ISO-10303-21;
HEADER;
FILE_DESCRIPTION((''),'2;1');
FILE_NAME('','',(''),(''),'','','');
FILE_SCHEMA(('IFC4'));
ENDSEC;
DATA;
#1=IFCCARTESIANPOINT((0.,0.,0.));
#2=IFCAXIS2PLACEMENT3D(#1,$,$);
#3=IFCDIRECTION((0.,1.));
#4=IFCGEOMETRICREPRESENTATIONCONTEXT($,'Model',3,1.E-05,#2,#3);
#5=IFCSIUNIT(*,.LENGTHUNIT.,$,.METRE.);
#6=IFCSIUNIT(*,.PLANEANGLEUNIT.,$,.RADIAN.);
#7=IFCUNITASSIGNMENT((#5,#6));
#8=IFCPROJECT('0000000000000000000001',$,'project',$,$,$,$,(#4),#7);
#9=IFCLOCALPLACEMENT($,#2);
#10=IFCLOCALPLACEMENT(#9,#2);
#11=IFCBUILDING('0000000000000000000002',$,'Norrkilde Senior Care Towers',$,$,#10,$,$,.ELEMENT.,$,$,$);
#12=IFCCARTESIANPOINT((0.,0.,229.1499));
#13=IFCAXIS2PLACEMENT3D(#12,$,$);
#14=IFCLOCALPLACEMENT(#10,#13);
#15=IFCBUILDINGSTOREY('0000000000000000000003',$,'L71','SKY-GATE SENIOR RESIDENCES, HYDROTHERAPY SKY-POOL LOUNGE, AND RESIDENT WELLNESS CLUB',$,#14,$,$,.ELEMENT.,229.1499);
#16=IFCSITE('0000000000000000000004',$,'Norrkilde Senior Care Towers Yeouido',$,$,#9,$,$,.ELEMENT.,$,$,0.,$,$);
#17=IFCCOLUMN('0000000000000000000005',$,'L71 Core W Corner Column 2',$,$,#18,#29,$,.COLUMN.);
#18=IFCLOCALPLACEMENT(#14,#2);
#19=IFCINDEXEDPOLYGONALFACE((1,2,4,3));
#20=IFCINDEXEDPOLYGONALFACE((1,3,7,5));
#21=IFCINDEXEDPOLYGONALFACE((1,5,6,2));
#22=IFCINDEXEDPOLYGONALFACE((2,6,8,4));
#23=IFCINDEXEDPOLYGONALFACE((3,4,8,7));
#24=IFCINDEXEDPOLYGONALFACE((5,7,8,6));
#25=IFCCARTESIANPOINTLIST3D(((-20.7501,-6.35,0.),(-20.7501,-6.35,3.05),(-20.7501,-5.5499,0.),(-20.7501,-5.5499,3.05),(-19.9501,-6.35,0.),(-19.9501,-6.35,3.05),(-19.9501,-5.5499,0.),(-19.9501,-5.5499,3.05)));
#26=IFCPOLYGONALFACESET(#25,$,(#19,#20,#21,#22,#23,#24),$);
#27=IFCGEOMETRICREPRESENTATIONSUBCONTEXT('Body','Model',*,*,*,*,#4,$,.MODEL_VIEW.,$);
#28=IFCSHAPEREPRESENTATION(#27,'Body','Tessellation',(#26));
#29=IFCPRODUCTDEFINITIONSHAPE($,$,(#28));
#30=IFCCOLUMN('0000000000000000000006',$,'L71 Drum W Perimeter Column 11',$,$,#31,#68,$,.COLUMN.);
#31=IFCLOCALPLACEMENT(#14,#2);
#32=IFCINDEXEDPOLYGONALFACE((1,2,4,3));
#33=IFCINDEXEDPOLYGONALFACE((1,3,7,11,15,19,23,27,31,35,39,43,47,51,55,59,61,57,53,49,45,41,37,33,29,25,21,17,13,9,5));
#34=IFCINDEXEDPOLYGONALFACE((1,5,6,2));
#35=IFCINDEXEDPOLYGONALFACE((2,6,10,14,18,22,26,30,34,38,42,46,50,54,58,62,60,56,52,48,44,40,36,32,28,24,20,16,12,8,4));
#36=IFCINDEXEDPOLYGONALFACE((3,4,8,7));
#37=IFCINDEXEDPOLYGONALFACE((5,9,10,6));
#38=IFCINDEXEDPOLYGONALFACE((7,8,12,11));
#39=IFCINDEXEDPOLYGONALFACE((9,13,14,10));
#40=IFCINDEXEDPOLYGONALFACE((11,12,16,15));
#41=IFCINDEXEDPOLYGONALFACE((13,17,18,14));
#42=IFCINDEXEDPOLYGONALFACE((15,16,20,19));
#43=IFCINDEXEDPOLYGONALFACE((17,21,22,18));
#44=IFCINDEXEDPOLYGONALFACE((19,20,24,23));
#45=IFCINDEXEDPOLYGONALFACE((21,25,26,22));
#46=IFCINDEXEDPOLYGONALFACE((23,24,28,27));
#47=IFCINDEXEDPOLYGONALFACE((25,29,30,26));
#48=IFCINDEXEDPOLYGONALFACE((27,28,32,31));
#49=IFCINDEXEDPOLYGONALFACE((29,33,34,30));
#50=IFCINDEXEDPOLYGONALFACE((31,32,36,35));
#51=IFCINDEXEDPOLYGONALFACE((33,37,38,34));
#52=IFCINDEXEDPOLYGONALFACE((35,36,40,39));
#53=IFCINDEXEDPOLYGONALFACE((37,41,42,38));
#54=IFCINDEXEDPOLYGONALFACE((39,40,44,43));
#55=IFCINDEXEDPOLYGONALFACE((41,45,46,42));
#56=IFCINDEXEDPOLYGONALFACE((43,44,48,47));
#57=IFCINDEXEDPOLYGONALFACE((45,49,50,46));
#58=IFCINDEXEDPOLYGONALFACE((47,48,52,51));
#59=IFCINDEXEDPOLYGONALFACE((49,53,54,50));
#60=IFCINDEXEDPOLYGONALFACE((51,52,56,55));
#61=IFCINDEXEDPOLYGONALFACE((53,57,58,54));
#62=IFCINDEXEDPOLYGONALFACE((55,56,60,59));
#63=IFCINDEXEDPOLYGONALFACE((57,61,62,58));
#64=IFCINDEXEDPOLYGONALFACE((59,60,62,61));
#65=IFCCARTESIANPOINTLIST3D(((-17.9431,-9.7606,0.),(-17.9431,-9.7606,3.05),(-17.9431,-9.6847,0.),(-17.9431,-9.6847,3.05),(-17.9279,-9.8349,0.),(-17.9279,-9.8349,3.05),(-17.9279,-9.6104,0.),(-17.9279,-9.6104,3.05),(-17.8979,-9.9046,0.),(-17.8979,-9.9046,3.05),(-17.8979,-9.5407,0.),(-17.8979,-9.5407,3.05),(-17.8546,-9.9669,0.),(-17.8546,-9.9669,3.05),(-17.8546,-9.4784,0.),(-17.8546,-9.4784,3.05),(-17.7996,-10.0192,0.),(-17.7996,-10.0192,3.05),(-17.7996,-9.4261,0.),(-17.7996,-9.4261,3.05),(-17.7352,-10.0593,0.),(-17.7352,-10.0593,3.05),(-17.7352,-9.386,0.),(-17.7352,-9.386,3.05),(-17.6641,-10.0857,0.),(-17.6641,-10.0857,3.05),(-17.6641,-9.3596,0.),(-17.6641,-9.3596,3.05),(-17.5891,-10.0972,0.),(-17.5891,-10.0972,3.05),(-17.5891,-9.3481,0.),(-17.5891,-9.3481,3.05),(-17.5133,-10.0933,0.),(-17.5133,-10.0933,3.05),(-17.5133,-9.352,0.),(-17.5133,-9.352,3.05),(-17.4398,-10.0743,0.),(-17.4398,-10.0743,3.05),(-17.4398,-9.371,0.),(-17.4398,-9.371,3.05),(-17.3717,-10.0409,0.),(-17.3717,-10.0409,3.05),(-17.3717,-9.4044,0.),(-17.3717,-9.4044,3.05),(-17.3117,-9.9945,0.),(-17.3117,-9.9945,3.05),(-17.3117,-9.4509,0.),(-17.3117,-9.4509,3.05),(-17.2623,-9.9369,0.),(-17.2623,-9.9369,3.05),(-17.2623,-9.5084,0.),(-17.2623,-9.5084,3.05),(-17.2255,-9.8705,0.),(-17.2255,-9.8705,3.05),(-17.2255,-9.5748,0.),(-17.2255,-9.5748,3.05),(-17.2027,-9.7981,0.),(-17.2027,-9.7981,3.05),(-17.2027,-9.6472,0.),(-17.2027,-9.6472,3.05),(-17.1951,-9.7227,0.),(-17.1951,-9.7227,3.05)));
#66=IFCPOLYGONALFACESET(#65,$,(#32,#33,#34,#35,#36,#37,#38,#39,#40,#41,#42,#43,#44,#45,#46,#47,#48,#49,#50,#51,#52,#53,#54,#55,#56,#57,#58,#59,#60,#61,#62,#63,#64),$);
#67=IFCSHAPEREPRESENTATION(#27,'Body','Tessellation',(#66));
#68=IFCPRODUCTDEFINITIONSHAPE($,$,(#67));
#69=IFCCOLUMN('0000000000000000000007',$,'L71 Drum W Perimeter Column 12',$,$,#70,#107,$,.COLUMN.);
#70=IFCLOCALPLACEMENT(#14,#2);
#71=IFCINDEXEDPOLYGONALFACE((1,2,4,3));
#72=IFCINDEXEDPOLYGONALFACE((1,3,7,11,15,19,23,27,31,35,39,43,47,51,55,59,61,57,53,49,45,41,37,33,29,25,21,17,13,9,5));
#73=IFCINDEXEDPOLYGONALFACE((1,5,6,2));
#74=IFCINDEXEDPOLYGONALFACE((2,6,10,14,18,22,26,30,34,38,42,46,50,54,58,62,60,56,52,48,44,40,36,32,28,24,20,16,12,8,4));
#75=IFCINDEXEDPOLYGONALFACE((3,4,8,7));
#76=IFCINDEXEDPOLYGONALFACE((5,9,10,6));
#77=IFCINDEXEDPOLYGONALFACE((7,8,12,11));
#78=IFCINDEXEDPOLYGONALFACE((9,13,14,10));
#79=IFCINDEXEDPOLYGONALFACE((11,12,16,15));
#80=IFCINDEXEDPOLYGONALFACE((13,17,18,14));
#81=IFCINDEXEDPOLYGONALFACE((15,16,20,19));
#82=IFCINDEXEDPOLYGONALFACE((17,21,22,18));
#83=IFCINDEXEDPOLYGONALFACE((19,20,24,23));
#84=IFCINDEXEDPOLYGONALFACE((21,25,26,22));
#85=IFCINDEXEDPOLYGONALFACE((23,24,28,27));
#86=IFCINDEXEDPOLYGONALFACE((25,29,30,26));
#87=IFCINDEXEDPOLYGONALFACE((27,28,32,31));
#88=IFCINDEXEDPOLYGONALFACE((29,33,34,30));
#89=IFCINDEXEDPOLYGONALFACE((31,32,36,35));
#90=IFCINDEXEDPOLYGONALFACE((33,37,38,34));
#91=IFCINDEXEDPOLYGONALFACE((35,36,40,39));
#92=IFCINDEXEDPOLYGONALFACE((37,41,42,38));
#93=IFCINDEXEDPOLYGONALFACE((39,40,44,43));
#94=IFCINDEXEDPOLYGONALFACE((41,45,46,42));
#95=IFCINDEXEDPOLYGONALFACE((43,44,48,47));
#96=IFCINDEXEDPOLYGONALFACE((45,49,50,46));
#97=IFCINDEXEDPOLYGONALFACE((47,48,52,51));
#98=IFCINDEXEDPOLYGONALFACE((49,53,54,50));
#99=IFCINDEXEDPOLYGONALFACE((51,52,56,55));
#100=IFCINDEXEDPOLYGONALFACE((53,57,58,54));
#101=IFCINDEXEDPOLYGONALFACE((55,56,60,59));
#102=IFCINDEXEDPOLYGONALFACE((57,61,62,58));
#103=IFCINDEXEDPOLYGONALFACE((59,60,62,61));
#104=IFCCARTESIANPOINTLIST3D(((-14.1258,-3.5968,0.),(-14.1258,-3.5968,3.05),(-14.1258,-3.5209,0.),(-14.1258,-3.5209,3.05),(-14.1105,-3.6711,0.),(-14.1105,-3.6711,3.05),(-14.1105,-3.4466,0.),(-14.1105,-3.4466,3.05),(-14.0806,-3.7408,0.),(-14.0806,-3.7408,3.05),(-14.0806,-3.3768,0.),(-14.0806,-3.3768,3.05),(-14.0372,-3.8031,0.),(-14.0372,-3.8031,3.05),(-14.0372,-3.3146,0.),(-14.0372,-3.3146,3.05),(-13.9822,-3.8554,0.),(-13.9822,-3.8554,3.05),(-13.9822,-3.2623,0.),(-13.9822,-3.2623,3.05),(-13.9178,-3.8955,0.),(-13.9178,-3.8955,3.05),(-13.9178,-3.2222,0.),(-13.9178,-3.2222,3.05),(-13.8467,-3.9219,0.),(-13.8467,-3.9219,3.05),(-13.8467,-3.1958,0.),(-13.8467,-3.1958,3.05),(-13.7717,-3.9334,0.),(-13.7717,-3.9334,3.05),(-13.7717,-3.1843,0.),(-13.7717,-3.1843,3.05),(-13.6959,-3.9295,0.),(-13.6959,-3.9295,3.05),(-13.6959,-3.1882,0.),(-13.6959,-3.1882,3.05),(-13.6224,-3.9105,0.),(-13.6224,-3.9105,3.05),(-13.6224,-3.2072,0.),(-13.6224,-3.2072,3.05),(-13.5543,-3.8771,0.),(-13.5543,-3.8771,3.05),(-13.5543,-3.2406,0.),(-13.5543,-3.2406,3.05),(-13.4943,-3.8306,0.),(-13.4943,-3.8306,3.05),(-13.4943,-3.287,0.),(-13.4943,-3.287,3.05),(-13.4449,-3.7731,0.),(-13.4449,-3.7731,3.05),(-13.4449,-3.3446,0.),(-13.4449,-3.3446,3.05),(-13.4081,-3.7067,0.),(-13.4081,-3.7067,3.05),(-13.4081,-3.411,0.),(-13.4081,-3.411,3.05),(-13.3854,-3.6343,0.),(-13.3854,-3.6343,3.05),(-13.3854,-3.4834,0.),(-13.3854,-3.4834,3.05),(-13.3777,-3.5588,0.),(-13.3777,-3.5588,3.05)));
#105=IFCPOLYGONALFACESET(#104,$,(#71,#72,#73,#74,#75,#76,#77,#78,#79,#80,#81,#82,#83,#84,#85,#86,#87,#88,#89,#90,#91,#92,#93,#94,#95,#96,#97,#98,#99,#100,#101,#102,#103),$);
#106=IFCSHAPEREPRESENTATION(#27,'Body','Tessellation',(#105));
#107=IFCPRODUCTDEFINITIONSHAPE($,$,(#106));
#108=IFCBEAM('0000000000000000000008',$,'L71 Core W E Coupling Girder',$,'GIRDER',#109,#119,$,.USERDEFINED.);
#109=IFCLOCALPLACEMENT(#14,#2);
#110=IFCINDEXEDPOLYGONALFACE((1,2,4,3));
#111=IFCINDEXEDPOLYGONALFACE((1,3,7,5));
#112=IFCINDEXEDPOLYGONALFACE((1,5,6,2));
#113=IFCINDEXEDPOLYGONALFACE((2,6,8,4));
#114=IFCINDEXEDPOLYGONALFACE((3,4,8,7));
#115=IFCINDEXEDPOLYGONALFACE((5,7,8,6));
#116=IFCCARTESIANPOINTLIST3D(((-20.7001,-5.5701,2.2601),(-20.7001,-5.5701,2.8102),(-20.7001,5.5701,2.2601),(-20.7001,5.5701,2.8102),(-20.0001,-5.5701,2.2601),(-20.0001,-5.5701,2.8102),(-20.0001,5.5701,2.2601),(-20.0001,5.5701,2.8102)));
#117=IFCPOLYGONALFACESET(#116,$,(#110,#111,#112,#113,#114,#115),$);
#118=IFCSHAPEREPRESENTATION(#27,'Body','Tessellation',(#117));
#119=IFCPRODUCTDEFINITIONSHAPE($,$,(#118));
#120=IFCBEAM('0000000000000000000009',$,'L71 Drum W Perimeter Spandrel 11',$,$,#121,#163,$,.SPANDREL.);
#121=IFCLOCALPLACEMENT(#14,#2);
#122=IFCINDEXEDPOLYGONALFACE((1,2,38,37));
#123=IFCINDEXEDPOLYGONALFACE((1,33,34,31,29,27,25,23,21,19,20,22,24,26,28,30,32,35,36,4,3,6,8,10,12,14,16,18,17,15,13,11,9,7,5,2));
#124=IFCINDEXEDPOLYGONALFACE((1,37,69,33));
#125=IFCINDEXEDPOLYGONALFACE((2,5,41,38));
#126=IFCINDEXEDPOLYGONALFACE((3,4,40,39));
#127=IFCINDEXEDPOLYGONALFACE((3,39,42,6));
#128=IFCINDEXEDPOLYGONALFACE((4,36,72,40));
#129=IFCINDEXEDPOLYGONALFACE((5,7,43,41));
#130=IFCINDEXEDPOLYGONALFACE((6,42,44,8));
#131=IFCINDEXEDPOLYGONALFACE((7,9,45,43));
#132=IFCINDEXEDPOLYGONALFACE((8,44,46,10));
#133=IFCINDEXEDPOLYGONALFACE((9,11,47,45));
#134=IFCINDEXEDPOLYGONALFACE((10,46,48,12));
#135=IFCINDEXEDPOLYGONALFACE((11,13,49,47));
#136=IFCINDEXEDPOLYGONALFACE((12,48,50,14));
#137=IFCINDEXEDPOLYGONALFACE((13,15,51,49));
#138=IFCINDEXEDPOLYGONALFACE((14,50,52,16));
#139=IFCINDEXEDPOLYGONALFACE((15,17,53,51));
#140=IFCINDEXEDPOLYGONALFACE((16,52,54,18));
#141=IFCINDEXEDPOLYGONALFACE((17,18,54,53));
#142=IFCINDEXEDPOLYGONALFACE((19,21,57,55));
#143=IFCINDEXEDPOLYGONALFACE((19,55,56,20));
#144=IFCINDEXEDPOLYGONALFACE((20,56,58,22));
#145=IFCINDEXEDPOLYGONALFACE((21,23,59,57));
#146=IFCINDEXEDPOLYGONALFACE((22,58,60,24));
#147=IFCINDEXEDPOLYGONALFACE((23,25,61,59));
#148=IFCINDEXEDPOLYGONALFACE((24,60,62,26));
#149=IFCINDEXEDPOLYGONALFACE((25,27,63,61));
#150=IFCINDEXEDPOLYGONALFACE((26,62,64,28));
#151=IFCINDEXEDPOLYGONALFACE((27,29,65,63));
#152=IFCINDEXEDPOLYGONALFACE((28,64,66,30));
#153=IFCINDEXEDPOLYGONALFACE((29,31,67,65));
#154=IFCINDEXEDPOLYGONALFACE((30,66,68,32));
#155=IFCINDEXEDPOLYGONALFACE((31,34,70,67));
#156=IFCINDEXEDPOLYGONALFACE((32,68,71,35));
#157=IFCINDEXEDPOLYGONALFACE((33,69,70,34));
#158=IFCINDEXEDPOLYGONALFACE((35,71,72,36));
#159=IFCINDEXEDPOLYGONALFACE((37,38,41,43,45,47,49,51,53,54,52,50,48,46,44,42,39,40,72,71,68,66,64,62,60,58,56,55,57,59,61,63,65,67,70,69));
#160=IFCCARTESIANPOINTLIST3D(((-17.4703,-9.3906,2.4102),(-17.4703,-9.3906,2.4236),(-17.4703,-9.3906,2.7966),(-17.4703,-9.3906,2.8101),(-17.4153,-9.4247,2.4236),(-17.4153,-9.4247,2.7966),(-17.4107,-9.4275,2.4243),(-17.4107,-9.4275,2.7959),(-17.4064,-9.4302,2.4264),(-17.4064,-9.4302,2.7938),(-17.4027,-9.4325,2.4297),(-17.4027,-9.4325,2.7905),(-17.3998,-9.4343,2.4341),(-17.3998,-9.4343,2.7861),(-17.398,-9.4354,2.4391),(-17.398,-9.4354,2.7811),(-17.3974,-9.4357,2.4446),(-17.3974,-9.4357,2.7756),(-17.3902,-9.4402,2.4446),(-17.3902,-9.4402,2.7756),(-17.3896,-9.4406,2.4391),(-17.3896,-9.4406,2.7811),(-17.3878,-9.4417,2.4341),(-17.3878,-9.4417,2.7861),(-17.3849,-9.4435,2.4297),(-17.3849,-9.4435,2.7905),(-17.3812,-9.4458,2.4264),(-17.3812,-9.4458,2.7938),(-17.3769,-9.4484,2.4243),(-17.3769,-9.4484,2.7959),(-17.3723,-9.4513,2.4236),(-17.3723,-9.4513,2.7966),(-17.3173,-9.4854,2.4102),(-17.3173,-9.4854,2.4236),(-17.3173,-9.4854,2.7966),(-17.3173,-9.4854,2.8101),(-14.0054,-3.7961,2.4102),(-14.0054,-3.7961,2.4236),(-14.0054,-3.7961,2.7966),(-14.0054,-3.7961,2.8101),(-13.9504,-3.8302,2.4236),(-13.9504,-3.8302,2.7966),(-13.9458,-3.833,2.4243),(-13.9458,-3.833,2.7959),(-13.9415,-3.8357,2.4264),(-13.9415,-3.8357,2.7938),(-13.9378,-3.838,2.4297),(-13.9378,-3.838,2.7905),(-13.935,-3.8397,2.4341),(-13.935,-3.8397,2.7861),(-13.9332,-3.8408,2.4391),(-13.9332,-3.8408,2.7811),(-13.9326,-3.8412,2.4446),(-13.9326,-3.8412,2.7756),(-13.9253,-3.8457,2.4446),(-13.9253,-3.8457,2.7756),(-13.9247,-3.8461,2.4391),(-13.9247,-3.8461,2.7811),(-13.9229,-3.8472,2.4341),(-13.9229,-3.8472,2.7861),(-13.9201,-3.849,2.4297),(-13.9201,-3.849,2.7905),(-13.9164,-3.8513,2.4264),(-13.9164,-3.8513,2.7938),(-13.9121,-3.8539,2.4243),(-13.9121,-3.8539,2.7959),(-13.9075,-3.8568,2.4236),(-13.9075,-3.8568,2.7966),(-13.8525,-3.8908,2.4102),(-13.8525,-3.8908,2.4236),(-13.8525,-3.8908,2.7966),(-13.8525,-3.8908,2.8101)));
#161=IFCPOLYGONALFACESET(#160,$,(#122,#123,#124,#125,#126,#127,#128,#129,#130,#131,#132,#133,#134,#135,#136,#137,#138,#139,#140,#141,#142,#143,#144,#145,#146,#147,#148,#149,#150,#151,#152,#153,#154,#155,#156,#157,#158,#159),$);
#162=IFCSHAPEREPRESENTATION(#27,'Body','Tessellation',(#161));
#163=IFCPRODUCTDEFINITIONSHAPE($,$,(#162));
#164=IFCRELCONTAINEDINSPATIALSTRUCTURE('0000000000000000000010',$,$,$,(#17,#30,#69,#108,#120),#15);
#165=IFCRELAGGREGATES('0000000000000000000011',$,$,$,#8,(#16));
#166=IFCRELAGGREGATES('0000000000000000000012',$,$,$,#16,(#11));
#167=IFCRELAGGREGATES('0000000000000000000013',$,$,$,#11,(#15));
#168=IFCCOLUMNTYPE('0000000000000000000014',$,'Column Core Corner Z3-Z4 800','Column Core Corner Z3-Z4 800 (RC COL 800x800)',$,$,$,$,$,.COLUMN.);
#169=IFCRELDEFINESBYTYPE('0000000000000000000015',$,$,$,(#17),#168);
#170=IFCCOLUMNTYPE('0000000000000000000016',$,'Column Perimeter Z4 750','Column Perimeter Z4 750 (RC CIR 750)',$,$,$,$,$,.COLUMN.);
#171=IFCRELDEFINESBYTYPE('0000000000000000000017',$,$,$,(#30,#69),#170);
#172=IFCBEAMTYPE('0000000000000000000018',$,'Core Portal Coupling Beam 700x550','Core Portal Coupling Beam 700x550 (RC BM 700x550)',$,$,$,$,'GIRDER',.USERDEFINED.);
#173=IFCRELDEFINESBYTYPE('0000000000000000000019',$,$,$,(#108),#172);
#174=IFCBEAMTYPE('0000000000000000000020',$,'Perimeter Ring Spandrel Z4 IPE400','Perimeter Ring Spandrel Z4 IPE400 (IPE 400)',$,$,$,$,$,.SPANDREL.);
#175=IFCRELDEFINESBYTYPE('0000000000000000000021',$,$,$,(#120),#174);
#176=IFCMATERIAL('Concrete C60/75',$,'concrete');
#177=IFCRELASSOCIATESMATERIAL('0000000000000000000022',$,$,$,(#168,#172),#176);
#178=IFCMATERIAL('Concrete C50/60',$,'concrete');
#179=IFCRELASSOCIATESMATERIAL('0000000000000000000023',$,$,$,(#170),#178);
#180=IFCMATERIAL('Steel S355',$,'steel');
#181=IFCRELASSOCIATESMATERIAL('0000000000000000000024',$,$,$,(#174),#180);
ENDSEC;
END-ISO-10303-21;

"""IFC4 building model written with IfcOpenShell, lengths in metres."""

from ifc_helpers import new_model, si_unit, direction, frame, origin, origin_2d, place, context, subcontext, project, spatial, rectangle, circle, i_section, extrude, source, transform, mapped, material, material_profile, profile_set, type_object, type_shapes, element, save


model = new_model("IFC4")

# Units and contexts
model_context = context("Model", 3, precision=1e-05, world=origin(), true_north=direction((0.0, 1.0)))
body_context = subcontext(model_context, "Body", "Model", "MODEL_VIEW")
ifc_project = project(units=[si_unit("LENGTHUNIT", "METRE"), si_unit("PLANEANGLEUNIT", "RADIAN")], contexts=[model_context])

# Site, building, storey
site_placement = place(None, origin())
site = spatial("IfcSite", under=ifc_project, at=site_placement, Name="Norrkilde Senior Care Towers Yeouido", CompositionType="ELEMENT", RefElevation=0.0)
building_placement = place(site_placement, origin())
building = spatial("IfcBuilding", under=site, at=building_placement, Name="Norrkilde Senior Care Towers", CompositionType="ELEMENT")
storey_placement = place(building_placement, frame((0.0, 0.0, 229.1499)))
storey = spatial("IfcBuildingStorey", under=building, at=storey_placement, Name="L71", Description="SKY-GATE SENIOR RESIDENCES, HYDROTHERAPY SKY-POOL LOUNGE, AND RESIDENT WELLNESS CLUB", CompositionType="ELEMENT", Elevation=229.1499)

# Columns
ifc_material_1 = material(Name="Concrete C60/75", Category="concrete")
ifc_material_profile_1 = material_profile(ifc_material_1, rectangle(XDim=0.8, YDim=0.8, at=origin_2d()), Name="RC COL 800x800")
ifc_profile_set_1 = profile_set([ifc_material_profile_1], Name="Concrete C60/75")
column_type_1 = type_object("IfcColumnType", Name="Column Core Corner Z3-Z4 800", Description="Column Core Corner Z3-Z4 800 (RC COL 800x800)", PredefinedType="COLUMN", material=ifc_profile_set_1)
shared_shape_1 = source(origin(), body_context, "Body", "SweptSolid", [
    extrude(rectangle(XDim=0.8, YDim=0.8, at=origin_2d()), origin(), (0.0, 0.0, 1.0), 3.05),
])
type_shapes(column_type_1, [shared_shape_1])
column_placement = place(storey_placement, frame((-20.3501, -5.95, 0.0), z_axis=(0.0, 0.0, 1.0), x_axis=(1.0, 0.0, 0.0)))
element("IfcColumn", 1, at=column_placement, inside=storey, type_object=column_type_1, Name="L71 Core W Corner Column 2", PredefinedType="COLUMN", context=body_context, shape_type="MappedRepresentation", body=[
    mapped(shared_shape_1, transform((0.0, 0.0, 0.0), x_axis=(1.0, 0.0, 0.0), y_axis=(0.0, 1.0, 0.0), z_axis=(0.0, 0.0, 1.0), scale=1.0)),
])
ifc_material_2 = material(Name="Concrete C50/60", Category="concrete")
ifc_material_profile_2 = material_profile(ifc_material_2, circle(Radius=0.375, at=origin_2d()), Name="RC CIR 750")
ifc_profile_set_2 = profile_set([ifc_material_profile_2], Name="Concrete C50/60")
column_type_2 = type_object("IfcColumnType", Name="Column Perimeter Z4 750", Description="Column Perimeter Z4 750 (RC CIR 750)", PredefinedType="COLUMN", material=ifc_profile_set_2)
shared_shape_2 = source(origin(), body_context, "Body", "SweptSolid", [
    extrude(circle(Radius=0.375, at=origin_2d()), origin(), (0.0, 0.0, 1.0), 3.05),
])
type_shapes(column_type_2, [shared_shape_2])
for number, where, z_axis, x_axis, name in (
    (2, (-17.5701, -9.7227, 0.0), (0.0, 0.0, 1.0), (1.0, 0.0, 0.0), "L71 Drum W Perimeter Column 11"),
    (3, (-13.7527, -3.5588, 0.0), (0.0, 0.0, 1.0), (1.0, 0.0, 0.0), "L71 Drum W Perimeter Column 12"),
):
    element("IfcColumn", number, at=place(storey_placement, frame(where, z_axis=z_axis, x_axis=x_axis)), inside=storey, type_object=column_type_2, Name=name, PredefinedType="COLUMN", context=body_context, shape_type="MappedRepresentation", body=[
        mapped(shared_shape_2, transform((0.0, 0.0, 0.0), x_axis=(1.0, 0.0, 0.0), y_axis=(0.0, 1.0, 0.0), z_axis=(0.0, 0.0, 1.0), scale=1.0)),
    ])

# Beams
ifc_material_profile_3 = material_profile(ifc_material_1, rectangle(XDim=0.7, YDim=0.55, at=origin_2d()), Name="RC BM 700x550")
ifc_profile_set_3 = profile_set([ifc_material_profile_3], Name="Concrete C60/75")
beam_type_1 = type_object("IfcBeamType", Name="Core Portal Coupling Beam 700x550", Description="Core Portal Coupling Beam 700x550 (RC BM 700x550)", ElementType="GIRDER", PredefinedType="USERDEFINED", material=ifc_profile_set_3)
shared_shape_3 = source(origin(), body_context, "Body", "SweptSolid", [
    extrude(rectangle(XDim=0.7, YDim=0.55, at=origin_2d()), origin(), (0.0, 0.0, 1.0), 11.1401),
])
type_shapes(beam_type_1, [shared_shape_3])
beam_1_placement = place(storey_placement, frame((-20.3501, -5.5701, 2.5352), z_axis=(0.0, 1.0, 0.0), x_axis=(-1.0, 0.0, 0.0)))
element("IfcBeam", 4, at=beam_1_placement, inside=storey, type_object=beam_type_1, Name="L71 Core W E Coupling Girder", ObjectType="GIRDER", PredefinedType="USERDEFINED", context=body_context, shape_type="MappedRepresentation", body=[
    mapped(shared_shape_3, transform((0.0, 0.0, 0.0), x_axis=(1.0, 0.0, 0.0), y_axis=(0.0, 1.0, 0.0), z_axis=(0.0, 0.0, 1.0), scale=1.0)),
])
ifc_material_3 = material(Name="Steel S355", Category="steel")
ifc_material_profile_4 = material_profile(ifc_material_3, i_section(OverallWidth=0.1799, OverallDepth=0.3999, WebThickness=0.0085, FlangeThickness=0.0134, FilletRadius=0.021, at=origin_2d()), Name="IPE 400")
ifc_profile_set_4 = profile_set([ifc_material_profile_4], Name="Steel S355")
beam_type_2 = type_object("IfcBeamType", Name="Perimeter Ring Spandrel Z4 IPE400", Description="Perimeter Ring Spandrel Z4 IPE400 (IPE 400)", PredefinedType="SPANDREL", material=ifc_profile_set_4)
shared_shape_4 = source(origin(), body_context, "Body", "SweptSolid", [
    extrude(i_section(OverallWidth=0.1799, OverallDepth=0.3999, WebThickness=0.0085, FlangeThickness=0.0134, FilletRadius=0.021, at=origin_2d()), origin(), (0.0, 0.0, 1.0), 6.5806),
])
type_shapes(beam_type_2, [shared_shape_4])
beam_2_placement = place(storey_placement, frame((-17.3938, -9.438, 2.6101), z_axis=(0.52653, 0.850157, 0.0), x_axis=(-0.850157, 0.52653, 0.0)))
element("IfcBeam", 5, at=beam_2_placement, inside=storey, type_object=beam_type_2, Name="L71 Drum W Perimeter Spandrel 11", PredefinedType="SPANDREL", context=body_context, shape_type="MappedRepresentation", body=[
    mapped(shared_shape_4, transform((0.0, 0.0, 0.0), x_axis=(1.0, 0.0, 0.0), y_axis=(0.0, 1.0, 0.0), z_axis=(0.0, 0.0, 1.0), scale=1.0)),
])

save(model, "model.ifc")
